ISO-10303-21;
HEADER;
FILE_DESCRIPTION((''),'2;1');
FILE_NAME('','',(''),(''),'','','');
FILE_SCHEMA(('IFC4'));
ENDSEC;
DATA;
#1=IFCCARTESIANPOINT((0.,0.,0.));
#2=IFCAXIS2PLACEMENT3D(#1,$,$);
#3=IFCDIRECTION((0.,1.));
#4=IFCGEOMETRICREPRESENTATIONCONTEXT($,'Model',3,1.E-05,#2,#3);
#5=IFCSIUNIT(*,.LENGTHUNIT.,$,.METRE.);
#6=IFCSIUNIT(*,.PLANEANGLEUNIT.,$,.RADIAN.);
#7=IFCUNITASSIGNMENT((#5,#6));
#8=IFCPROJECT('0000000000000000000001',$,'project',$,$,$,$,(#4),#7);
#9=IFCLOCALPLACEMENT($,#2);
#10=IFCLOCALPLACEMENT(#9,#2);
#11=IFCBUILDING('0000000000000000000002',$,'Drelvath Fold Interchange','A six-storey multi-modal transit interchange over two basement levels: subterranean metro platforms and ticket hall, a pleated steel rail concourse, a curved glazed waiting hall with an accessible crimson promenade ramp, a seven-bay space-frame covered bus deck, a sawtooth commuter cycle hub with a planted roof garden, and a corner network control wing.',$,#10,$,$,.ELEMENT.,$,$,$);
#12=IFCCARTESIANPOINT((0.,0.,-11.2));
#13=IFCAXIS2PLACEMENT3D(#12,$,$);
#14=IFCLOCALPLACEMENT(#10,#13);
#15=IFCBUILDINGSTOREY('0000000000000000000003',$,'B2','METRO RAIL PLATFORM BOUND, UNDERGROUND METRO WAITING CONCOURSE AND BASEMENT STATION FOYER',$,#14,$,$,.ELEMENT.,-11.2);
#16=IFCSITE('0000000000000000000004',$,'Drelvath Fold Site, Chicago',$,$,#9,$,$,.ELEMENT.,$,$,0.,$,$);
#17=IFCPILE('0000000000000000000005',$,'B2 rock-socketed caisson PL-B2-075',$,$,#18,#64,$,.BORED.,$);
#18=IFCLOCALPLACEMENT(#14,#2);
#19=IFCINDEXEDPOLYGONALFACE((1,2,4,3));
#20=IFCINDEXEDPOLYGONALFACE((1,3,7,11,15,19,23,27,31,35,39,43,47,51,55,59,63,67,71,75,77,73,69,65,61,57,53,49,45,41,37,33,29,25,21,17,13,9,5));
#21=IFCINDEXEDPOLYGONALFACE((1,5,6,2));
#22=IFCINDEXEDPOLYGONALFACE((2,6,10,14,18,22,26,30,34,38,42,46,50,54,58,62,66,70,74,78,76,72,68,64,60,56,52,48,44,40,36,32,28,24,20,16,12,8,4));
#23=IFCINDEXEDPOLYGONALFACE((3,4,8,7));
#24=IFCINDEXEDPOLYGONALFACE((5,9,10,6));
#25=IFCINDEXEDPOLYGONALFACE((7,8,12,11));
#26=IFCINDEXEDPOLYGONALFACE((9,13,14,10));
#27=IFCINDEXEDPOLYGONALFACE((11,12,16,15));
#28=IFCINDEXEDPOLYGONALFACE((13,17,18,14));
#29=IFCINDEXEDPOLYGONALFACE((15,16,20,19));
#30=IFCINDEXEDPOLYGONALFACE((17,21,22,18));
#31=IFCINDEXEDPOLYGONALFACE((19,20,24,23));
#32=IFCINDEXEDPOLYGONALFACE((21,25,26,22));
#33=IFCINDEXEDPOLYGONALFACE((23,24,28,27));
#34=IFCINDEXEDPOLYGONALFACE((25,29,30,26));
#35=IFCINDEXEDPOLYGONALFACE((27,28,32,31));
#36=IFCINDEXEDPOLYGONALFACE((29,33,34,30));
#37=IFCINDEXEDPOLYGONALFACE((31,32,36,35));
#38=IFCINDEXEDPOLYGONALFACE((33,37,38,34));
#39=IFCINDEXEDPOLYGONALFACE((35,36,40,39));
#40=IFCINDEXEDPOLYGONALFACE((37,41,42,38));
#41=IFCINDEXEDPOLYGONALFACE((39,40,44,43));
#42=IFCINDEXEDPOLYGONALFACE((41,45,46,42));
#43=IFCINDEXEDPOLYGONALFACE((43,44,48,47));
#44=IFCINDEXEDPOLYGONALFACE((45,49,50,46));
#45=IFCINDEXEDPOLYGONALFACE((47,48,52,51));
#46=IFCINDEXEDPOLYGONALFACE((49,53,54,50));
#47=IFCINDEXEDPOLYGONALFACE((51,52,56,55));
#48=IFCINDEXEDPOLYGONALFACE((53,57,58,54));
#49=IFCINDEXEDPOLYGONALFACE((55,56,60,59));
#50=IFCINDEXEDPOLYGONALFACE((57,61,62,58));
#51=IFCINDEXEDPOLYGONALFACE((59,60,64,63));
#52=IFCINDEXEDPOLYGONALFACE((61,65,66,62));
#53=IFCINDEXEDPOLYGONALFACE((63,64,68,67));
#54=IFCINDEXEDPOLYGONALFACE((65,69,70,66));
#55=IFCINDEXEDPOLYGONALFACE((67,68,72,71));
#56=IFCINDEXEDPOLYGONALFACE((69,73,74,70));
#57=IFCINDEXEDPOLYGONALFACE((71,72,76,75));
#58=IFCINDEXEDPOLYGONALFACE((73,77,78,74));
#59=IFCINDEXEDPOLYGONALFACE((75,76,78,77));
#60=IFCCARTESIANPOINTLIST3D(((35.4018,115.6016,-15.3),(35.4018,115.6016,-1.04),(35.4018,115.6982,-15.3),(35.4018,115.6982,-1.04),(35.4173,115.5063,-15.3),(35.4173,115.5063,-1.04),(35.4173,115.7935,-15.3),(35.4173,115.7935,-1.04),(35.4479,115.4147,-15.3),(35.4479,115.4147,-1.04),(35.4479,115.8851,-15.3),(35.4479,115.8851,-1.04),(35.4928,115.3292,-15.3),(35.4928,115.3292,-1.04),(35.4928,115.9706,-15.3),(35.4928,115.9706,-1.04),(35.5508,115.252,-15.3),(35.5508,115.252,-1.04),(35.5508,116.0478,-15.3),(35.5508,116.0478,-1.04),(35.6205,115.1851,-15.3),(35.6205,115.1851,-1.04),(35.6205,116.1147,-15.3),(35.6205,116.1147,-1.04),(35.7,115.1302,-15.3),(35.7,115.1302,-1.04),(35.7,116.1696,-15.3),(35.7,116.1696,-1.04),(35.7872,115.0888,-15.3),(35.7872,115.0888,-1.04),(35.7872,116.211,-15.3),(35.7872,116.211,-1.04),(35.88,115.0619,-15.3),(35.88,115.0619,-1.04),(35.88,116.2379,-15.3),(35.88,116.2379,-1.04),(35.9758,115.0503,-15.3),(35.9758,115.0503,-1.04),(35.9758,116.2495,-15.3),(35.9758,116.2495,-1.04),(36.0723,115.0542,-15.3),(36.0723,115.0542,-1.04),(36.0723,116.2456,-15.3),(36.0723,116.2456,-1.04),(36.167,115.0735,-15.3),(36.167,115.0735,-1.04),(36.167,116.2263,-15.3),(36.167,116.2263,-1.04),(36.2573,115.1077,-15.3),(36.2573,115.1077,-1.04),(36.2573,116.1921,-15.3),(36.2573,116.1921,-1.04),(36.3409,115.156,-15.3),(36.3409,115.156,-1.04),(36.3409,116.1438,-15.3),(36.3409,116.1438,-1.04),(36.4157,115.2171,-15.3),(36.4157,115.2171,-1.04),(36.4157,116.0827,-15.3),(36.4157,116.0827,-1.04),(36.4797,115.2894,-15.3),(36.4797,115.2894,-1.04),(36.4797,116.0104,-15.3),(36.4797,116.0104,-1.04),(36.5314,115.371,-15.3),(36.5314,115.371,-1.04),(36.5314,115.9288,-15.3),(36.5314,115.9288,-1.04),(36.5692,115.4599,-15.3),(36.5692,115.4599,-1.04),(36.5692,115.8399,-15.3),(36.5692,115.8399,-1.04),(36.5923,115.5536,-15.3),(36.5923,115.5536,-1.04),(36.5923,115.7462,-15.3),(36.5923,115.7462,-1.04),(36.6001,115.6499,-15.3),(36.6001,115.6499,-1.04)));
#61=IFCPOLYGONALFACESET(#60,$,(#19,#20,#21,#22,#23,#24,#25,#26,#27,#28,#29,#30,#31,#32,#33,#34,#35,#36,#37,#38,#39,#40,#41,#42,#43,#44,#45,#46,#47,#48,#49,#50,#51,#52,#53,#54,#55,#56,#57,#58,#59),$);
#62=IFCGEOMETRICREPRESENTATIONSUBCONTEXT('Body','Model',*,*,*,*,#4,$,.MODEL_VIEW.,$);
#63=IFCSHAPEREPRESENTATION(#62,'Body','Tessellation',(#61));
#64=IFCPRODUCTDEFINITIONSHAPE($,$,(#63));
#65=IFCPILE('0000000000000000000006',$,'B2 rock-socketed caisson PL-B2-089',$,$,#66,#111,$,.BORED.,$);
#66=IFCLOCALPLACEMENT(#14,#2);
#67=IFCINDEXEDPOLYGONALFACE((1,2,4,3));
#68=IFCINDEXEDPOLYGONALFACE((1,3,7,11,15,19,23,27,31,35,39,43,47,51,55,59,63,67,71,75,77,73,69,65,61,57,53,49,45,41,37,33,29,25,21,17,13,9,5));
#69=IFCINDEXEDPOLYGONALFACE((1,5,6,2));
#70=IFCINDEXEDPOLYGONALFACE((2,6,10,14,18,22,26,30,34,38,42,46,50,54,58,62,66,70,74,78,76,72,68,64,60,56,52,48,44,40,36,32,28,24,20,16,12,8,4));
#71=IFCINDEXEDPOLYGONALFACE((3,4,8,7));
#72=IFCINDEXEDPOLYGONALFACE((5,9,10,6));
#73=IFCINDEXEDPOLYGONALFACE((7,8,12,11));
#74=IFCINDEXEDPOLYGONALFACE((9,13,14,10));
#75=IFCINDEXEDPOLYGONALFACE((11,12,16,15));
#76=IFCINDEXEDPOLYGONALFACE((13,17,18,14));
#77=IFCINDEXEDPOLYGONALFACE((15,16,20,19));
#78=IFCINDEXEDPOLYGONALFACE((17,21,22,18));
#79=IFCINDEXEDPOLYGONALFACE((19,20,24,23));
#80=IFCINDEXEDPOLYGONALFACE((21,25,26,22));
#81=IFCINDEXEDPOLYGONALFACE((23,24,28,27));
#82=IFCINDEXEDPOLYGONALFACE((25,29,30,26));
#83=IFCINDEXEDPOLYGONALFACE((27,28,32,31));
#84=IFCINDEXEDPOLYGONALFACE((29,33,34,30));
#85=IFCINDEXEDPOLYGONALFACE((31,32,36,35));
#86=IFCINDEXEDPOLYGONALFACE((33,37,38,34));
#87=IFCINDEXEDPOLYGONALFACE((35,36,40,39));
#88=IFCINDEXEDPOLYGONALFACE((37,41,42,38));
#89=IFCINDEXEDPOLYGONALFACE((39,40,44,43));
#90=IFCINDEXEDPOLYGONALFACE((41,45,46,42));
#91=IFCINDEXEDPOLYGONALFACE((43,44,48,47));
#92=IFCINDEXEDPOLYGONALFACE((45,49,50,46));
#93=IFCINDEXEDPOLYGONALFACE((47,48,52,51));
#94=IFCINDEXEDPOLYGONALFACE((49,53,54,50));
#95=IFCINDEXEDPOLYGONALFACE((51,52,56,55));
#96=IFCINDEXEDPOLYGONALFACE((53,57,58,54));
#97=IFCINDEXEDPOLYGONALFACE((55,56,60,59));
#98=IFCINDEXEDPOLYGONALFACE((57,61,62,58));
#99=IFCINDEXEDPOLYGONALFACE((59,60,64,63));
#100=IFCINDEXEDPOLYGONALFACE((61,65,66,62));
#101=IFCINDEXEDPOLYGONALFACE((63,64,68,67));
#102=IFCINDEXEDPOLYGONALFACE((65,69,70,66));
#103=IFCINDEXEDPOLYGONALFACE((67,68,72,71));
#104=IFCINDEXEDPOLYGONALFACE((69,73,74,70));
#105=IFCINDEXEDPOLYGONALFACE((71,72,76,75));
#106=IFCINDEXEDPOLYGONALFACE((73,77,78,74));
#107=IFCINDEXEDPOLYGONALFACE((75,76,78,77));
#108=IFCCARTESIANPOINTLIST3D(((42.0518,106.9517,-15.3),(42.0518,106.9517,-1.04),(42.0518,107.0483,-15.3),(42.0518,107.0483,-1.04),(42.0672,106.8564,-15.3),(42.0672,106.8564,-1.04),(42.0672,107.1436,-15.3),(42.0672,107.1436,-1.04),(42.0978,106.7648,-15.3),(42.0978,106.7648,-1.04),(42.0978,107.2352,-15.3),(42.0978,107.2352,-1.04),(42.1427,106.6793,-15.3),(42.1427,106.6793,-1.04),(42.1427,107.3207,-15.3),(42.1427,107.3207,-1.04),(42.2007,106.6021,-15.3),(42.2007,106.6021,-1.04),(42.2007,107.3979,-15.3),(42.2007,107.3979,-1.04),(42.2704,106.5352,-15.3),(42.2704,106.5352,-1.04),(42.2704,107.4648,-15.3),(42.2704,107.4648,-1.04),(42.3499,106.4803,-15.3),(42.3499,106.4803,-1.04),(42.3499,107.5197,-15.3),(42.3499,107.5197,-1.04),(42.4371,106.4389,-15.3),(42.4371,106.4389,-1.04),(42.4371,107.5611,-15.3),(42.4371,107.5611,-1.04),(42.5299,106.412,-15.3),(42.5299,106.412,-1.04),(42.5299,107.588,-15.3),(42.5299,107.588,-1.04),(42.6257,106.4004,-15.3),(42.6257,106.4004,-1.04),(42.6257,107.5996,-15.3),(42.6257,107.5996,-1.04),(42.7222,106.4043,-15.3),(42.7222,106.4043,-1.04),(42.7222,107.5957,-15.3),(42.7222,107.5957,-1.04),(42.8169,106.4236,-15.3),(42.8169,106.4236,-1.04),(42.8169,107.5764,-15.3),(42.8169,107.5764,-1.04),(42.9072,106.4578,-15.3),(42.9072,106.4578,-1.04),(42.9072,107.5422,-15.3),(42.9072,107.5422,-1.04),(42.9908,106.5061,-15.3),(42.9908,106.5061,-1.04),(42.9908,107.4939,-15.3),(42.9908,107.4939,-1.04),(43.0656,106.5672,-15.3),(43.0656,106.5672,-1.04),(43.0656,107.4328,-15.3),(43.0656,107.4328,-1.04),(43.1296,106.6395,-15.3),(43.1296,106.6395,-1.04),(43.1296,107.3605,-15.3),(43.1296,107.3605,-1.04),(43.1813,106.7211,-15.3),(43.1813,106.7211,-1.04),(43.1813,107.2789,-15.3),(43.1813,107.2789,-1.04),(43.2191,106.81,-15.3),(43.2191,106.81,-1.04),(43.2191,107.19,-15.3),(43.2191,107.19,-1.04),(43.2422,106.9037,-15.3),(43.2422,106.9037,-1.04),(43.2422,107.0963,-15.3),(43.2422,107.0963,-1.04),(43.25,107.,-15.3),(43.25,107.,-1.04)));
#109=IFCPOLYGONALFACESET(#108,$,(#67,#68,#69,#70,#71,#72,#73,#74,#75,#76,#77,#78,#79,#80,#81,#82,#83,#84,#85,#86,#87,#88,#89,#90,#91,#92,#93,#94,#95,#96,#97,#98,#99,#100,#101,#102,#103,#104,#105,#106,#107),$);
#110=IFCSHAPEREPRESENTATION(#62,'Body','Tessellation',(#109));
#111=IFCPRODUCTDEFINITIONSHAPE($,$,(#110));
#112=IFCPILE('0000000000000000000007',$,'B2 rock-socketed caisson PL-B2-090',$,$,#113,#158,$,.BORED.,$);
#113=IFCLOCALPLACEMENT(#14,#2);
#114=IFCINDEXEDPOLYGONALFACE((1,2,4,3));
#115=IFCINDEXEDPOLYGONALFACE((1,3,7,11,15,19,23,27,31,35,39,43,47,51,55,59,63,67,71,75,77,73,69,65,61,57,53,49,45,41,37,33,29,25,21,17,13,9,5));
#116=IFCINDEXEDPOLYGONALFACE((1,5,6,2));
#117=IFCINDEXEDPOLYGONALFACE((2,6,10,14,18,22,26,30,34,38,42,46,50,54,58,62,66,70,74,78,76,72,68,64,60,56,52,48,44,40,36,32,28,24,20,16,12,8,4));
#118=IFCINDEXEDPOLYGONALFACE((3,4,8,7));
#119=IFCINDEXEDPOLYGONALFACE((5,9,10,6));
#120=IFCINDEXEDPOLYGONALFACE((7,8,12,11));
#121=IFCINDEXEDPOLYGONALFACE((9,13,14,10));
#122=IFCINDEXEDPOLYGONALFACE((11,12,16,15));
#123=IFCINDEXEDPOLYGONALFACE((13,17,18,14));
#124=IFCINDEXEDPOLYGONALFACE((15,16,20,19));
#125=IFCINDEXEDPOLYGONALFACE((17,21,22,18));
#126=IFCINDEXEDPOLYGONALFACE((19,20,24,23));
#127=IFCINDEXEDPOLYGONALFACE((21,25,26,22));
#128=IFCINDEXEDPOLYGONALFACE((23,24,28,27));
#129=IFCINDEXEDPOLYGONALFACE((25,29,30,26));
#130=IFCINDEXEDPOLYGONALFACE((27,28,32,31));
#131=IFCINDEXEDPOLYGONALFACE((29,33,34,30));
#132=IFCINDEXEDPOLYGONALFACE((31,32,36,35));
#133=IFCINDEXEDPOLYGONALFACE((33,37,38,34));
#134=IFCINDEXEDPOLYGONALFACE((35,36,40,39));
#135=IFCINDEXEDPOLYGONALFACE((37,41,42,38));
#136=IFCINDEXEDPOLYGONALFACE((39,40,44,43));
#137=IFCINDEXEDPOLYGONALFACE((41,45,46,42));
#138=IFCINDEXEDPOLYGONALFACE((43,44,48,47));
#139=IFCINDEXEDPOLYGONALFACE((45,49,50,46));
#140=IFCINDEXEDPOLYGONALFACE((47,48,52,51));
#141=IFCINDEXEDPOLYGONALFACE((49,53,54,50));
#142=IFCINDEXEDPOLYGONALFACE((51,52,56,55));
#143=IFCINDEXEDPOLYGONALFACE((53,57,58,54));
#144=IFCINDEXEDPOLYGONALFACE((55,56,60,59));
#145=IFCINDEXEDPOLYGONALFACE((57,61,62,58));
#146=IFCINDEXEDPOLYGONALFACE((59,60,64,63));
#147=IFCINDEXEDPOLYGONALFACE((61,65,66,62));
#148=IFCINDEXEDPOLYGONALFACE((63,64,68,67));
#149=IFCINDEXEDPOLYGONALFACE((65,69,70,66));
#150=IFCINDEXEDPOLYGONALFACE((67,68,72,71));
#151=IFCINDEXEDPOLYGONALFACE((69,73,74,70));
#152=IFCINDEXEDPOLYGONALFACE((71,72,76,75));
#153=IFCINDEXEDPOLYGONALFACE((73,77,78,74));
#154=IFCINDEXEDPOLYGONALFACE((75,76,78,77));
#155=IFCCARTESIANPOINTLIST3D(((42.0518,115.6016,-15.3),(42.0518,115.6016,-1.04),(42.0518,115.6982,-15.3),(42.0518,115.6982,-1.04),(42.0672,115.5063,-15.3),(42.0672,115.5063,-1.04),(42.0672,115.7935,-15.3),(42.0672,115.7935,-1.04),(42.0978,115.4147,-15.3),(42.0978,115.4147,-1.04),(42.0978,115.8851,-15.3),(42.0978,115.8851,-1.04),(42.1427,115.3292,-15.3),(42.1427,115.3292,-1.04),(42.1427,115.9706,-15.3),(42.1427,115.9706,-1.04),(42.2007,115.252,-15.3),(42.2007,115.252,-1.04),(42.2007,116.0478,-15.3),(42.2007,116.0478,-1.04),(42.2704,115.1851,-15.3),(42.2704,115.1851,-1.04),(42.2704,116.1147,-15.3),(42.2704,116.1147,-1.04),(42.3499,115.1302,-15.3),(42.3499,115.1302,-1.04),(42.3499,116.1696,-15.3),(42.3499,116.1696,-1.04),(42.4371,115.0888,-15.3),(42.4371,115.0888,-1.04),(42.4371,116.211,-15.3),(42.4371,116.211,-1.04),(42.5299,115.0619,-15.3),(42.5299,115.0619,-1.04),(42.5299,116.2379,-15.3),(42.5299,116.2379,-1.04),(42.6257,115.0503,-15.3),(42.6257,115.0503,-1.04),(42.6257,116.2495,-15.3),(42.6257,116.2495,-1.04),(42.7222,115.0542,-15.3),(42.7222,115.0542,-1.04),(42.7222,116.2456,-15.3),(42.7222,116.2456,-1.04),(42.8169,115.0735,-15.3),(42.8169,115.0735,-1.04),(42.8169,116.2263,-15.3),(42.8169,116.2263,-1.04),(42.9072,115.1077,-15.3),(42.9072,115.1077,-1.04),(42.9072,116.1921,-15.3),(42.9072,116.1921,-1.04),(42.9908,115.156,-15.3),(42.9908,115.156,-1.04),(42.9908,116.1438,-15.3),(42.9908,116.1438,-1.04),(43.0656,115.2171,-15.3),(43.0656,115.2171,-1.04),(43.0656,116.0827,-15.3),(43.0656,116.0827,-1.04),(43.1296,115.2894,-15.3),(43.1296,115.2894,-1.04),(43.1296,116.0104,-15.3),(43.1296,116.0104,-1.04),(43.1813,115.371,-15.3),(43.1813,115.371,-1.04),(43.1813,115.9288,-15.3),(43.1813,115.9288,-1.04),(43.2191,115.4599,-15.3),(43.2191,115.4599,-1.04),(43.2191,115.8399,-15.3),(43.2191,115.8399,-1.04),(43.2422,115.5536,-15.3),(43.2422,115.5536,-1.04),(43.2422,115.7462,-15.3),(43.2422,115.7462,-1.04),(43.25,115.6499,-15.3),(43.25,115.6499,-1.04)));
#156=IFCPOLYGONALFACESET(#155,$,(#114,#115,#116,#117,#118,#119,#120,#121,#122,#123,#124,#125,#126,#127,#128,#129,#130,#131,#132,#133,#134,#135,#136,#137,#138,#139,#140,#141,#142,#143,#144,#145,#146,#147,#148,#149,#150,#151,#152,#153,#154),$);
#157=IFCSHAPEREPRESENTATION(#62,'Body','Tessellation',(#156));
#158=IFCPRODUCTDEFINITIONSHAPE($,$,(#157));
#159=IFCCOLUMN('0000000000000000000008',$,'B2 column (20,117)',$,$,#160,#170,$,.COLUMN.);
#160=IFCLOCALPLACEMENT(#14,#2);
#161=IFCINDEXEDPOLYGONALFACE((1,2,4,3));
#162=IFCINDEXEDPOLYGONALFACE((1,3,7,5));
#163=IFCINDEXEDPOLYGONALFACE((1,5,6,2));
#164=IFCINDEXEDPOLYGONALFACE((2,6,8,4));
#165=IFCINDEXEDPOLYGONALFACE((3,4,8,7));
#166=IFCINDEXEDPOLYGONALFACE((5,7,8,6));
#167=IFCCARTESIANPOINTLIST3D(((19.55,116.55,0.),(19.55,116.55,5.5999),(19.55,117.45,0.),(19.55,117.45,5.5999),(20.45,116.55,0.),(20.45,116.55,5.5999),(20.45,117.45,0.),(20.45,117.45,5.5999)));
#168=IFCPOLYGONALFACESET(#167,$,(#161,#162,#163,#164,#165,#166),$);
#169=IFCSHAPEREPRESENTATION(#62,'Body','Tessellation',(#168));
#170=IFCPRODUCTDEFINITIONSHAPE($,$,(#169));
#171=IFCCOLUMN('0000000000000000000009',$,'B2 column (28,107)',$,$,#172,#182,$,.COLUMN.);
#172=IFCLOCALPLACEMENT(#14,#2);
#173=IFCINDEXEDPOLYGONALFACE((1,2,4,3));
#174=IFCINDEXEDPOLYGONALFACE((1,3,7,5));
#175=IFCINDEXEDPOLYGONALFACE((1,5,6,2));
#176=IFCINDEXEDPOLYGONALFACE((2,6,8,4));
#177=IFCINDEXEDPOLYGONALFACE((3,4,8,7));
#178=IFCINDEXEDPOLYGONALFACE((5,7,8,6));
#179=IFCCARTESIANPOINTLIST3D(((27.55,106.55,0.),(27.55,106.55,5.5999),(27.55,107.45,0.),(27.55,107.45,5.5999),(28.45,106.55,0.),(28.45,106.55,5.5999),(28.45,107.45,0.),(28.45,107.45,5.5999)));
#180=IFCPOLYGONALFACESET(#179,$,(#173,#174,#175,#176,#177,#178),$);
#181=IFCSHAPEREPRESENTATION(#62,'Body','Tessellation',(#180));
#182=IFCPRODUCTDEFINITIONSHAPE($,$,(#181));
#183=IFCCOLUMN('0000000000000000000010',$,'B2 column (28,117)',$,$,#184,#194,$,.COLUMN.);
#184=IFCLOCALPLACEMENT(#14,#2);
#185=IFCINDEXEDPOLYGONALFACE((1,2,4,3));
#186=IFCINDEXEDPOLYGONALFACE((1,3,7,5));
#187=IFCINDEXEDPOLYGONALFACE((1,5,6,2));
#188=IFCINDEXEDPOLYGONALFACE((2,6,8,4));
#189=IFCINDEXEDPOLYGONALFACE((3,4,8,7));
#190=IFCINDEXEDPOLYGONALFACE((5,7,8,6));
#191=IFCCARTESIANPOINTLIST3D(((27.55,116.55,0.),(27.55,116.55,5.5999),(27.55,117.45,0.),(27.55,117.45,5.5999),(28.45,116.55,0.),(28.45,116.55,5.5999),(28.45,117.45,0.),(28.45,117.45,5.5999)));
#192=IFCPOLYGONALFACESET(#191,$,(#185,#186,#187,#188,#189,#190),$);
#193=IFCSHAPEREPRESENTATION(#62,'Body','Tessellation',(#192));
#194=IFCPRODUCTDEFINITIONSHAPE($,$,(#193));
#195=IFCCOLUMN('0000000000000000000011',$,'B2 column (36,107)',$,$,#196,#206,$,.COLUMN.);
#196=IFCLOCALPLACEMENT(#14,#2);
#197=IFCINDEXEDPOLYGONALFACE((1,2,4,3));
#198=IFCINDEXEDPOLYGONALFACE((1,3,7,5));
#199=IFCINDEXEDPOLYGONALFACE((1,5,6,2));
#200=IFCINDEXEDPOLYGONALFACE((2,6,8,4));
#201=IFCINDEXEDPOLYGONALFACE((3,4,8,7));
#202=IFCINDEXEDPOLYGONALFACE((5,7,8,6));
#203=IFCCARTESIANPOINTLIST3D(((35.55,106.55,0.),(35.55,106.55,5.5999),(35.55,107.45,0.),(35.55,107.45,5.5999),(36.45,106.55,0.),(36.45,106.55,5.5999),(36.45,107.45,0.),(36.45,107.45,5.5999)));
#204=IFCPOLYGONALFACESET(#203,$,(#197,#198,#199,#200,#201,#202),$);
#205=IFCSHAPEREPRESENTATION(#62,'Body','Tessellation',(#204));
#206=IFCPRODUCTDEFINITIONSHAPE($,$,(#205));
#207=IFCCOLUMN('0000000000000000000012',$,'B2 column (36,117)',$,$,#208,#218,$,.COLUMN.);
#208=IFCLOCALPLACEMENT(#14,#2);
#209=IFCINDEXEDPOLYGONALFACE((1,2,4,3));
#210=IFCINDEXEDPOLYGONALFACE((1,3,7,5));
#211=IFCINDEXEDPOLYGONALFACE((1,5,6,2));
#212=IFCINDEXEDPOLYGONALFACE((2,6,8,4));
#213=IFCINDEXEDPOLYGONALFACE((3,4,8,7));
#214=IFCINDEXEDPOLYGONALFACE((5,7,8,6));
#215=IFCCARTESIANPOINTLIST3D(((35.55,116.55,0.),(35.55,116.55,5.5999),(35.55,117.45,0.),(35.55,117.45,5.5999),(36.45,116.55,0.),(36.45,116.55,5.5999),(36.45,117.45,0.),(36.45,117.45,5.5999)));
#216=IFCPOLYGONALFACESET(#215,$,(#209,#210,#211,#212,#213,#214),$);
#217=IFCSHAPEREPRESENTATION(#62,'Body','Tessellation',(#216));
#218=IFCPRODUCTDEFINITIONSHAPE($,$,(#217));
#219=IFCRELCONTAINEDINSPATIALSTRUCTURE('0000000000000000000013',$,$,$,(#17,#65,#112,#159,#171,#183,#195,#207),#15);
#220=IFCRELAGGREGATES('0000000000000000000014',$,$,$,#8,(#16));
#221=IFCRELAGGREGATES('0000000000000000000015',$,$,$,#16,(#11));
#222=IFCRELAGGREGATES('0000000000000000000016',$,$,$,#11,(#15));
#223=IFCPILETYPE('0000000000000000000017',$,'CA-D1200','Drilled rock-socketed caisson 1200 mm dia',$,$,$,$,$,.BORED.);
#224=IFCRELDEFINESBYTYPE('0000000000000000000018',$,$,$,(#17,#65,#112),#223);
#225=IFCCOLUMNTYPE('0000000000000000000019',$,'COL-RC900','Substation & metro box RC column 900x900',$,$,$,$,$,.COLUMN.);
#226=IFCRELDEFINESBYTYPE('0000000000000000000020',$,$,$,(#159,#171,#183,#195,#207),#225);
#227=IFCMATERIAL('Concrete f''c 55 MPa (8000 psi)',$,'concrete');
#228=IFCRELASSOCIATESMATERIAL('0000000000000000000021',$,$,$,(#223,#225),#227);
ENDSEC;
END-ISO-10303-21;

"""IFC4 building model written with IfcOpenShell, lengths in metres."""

from ifc_helpers import new_model, si_unit, direction, frame, origin, origin_2d, place, context, subcontext, project, spatial, rectangle, circle, extrude, material, material_profile, profile_set, type_object, element, save


model = new_model("IFC4")

# Units and contexts
model_context = context("Model", 3, precision=1e-05, world=origin(), true_north=direction((0.0, 1.0)))
body_context = subcontext(model_context, "Body", "Model", "MODEL_VIEW")
ifc_project = project(units=[si_unit("LENGTHUNIT", "METRE"), si_unit("PLANEANGLEUNIT", "RADIAN")], contexts=[model_context])

# Site, building, storey
site_placement = place(None, origin())
site = spatial("IfcSite", under=ifc_project, at=site_placement, Name="Drelvath Fold Site, Chicago", CompositionType="ELEMENT", RefElevation=0.0)
building_placement = place(site_placement, origin())
building = spatial("IfcBuilding", under=site, at=building_placement, Name="Drelvath Fold Interchange", Description="A six-storey multi-modal transit interchange over two basement levels: subterranean metro platforms and ticket hall, a pleated steel rail concourse, a curved glazed waiting hall with an accessible crimson promenade ramp, a seven-bay space-frame covered bus deck, a sawtooth commuter cycle hub with a planted roof garden, and a corner network control wing.", CompositionType="ELEMENT")
storey_placement = place(building_placement, frame((0.0, 0.0, -11.2)))
storey = spatial("IfcBuildingStorey", under=building, at=storey_placement, Name="B2", Description="METRO RAIL PLATFORM BOUND, UNDERGROUND METRO WAITING CONCOURSE AND BASEMENT STATION FOYER", CompositionType="ELEMENT", Elevation=-11.2)

# Piles
ifc_material_1 = material(Name="Concrete f'c 55 MPa (8000 psi)", Category="concrete")
ifc_material_profile_1 = material_profile(ifc_material_1, circle(Radius=0.6001, at=origin_2d()), Name="CAISSON D1200")
ifc_profile_set_1 = profile_set([ifc_material_profile_1], Name="Concrete f'c 55 MPa (8000 psi)")
pile_type = type_object("IfcPileType", Name="CA-D1200", Description="Drilled rock-socketed caisson 1200 mm dia", PredefinedType="BORED", material=ifc_profile_set_1)
for number, where, z_axis, x_axis, name in (
    (1, (36.0, 115.6499, -1.04), (0.0, 0.0, -1.0), (1.0, 0.0, 0.0), "B2 rock-socketed caisson PL-B2-075"),
    (2, (42.6499, 107.0, -1.04), (0.0, 0.0, -1.0), (1.0, 0.0, 0.0), "B2 rock-socketed caisson PL-B2-089"),
    (3, (42.6499, 115.6499, -1.04), (0.0, 0.0, -1.0), (1.0, 0.0, 0.0), "B2 rock-socketed caisson PL-B2-090"),
):
    element("IfcPile", number, at=place(storey_placement, frame(where, z_axis=z_axis, x_axis=x_axis)), inside=storey, type_object=pile_type, Name=name, PredefinedType="BORED", context=body_context, shape_type="SweptSolid", body=[
        extrude(circle(Radius=0.6001, at=origin_2d()), origin(), (0.0, 0.0, 1.0), 14.26),
    ])

# Columns
ifc_material_profile_2 = material_profile(ifc_material_1, rectangle(XDim=0.8999, YDim=0.8999, at=origin_2d()), Name="RC 900x900")
ifc_profile_set_2 = profile_set([ifc_material_profile_2], Name="Concrete f'c 55 MPa (8000 psi)")
column_type = type_object("IfcColumnType", Name="COL-RC900", Description="Substation & metro box RC column 900x900", PredefinedType="COLUMN", material=ifc_profile_set_2)
for number, where, z_axis, x_axis, name in (
    (4, (20.0, 117.0, 0.0), (0.0, 0.0, 1.0), (1.0, 0.0, 0.0), "B2 column (20,117)"),
    (5, (28.0, 107.0, 0.0), (0.0, 0.0, 1.0), (1.0, 0.0, 0.0), "B2 column (28,107)"),
    (6, (28.0, 117.0, 0.0), (0.0, 0.0, 1.0), (1.0, 0.0, 0.0), "B2 column (28,117)"),
    (7, (36.0, 107.0, 0.0), (0.0, 0.0, 1.0), (1.0, 0.0, 0.0), "B2 column (36,107)"),
    (8, (36.0, 117.0, 0.0), (0.0, 0.0, 1.0), (1.0, 0.0, 0.0), "B2 column (36,117)"),
):
    element("IfcColumn", number, at=place(storey_placement, frame(where, z_axis=z_axis, x_axis=x_axis)), inside=storey, type_object=column_type, Name=name, PredefinedType="COLUMN", context=body_context, shape_type="SweptSolid", body=[
        extrude(rectangle(XDim=0.8999, YDim=0.8999, at=origin_2d()), origin(), (0.0, 0.0, 1.0), 5.5999),
    ])

save(model, "model.ifc")
